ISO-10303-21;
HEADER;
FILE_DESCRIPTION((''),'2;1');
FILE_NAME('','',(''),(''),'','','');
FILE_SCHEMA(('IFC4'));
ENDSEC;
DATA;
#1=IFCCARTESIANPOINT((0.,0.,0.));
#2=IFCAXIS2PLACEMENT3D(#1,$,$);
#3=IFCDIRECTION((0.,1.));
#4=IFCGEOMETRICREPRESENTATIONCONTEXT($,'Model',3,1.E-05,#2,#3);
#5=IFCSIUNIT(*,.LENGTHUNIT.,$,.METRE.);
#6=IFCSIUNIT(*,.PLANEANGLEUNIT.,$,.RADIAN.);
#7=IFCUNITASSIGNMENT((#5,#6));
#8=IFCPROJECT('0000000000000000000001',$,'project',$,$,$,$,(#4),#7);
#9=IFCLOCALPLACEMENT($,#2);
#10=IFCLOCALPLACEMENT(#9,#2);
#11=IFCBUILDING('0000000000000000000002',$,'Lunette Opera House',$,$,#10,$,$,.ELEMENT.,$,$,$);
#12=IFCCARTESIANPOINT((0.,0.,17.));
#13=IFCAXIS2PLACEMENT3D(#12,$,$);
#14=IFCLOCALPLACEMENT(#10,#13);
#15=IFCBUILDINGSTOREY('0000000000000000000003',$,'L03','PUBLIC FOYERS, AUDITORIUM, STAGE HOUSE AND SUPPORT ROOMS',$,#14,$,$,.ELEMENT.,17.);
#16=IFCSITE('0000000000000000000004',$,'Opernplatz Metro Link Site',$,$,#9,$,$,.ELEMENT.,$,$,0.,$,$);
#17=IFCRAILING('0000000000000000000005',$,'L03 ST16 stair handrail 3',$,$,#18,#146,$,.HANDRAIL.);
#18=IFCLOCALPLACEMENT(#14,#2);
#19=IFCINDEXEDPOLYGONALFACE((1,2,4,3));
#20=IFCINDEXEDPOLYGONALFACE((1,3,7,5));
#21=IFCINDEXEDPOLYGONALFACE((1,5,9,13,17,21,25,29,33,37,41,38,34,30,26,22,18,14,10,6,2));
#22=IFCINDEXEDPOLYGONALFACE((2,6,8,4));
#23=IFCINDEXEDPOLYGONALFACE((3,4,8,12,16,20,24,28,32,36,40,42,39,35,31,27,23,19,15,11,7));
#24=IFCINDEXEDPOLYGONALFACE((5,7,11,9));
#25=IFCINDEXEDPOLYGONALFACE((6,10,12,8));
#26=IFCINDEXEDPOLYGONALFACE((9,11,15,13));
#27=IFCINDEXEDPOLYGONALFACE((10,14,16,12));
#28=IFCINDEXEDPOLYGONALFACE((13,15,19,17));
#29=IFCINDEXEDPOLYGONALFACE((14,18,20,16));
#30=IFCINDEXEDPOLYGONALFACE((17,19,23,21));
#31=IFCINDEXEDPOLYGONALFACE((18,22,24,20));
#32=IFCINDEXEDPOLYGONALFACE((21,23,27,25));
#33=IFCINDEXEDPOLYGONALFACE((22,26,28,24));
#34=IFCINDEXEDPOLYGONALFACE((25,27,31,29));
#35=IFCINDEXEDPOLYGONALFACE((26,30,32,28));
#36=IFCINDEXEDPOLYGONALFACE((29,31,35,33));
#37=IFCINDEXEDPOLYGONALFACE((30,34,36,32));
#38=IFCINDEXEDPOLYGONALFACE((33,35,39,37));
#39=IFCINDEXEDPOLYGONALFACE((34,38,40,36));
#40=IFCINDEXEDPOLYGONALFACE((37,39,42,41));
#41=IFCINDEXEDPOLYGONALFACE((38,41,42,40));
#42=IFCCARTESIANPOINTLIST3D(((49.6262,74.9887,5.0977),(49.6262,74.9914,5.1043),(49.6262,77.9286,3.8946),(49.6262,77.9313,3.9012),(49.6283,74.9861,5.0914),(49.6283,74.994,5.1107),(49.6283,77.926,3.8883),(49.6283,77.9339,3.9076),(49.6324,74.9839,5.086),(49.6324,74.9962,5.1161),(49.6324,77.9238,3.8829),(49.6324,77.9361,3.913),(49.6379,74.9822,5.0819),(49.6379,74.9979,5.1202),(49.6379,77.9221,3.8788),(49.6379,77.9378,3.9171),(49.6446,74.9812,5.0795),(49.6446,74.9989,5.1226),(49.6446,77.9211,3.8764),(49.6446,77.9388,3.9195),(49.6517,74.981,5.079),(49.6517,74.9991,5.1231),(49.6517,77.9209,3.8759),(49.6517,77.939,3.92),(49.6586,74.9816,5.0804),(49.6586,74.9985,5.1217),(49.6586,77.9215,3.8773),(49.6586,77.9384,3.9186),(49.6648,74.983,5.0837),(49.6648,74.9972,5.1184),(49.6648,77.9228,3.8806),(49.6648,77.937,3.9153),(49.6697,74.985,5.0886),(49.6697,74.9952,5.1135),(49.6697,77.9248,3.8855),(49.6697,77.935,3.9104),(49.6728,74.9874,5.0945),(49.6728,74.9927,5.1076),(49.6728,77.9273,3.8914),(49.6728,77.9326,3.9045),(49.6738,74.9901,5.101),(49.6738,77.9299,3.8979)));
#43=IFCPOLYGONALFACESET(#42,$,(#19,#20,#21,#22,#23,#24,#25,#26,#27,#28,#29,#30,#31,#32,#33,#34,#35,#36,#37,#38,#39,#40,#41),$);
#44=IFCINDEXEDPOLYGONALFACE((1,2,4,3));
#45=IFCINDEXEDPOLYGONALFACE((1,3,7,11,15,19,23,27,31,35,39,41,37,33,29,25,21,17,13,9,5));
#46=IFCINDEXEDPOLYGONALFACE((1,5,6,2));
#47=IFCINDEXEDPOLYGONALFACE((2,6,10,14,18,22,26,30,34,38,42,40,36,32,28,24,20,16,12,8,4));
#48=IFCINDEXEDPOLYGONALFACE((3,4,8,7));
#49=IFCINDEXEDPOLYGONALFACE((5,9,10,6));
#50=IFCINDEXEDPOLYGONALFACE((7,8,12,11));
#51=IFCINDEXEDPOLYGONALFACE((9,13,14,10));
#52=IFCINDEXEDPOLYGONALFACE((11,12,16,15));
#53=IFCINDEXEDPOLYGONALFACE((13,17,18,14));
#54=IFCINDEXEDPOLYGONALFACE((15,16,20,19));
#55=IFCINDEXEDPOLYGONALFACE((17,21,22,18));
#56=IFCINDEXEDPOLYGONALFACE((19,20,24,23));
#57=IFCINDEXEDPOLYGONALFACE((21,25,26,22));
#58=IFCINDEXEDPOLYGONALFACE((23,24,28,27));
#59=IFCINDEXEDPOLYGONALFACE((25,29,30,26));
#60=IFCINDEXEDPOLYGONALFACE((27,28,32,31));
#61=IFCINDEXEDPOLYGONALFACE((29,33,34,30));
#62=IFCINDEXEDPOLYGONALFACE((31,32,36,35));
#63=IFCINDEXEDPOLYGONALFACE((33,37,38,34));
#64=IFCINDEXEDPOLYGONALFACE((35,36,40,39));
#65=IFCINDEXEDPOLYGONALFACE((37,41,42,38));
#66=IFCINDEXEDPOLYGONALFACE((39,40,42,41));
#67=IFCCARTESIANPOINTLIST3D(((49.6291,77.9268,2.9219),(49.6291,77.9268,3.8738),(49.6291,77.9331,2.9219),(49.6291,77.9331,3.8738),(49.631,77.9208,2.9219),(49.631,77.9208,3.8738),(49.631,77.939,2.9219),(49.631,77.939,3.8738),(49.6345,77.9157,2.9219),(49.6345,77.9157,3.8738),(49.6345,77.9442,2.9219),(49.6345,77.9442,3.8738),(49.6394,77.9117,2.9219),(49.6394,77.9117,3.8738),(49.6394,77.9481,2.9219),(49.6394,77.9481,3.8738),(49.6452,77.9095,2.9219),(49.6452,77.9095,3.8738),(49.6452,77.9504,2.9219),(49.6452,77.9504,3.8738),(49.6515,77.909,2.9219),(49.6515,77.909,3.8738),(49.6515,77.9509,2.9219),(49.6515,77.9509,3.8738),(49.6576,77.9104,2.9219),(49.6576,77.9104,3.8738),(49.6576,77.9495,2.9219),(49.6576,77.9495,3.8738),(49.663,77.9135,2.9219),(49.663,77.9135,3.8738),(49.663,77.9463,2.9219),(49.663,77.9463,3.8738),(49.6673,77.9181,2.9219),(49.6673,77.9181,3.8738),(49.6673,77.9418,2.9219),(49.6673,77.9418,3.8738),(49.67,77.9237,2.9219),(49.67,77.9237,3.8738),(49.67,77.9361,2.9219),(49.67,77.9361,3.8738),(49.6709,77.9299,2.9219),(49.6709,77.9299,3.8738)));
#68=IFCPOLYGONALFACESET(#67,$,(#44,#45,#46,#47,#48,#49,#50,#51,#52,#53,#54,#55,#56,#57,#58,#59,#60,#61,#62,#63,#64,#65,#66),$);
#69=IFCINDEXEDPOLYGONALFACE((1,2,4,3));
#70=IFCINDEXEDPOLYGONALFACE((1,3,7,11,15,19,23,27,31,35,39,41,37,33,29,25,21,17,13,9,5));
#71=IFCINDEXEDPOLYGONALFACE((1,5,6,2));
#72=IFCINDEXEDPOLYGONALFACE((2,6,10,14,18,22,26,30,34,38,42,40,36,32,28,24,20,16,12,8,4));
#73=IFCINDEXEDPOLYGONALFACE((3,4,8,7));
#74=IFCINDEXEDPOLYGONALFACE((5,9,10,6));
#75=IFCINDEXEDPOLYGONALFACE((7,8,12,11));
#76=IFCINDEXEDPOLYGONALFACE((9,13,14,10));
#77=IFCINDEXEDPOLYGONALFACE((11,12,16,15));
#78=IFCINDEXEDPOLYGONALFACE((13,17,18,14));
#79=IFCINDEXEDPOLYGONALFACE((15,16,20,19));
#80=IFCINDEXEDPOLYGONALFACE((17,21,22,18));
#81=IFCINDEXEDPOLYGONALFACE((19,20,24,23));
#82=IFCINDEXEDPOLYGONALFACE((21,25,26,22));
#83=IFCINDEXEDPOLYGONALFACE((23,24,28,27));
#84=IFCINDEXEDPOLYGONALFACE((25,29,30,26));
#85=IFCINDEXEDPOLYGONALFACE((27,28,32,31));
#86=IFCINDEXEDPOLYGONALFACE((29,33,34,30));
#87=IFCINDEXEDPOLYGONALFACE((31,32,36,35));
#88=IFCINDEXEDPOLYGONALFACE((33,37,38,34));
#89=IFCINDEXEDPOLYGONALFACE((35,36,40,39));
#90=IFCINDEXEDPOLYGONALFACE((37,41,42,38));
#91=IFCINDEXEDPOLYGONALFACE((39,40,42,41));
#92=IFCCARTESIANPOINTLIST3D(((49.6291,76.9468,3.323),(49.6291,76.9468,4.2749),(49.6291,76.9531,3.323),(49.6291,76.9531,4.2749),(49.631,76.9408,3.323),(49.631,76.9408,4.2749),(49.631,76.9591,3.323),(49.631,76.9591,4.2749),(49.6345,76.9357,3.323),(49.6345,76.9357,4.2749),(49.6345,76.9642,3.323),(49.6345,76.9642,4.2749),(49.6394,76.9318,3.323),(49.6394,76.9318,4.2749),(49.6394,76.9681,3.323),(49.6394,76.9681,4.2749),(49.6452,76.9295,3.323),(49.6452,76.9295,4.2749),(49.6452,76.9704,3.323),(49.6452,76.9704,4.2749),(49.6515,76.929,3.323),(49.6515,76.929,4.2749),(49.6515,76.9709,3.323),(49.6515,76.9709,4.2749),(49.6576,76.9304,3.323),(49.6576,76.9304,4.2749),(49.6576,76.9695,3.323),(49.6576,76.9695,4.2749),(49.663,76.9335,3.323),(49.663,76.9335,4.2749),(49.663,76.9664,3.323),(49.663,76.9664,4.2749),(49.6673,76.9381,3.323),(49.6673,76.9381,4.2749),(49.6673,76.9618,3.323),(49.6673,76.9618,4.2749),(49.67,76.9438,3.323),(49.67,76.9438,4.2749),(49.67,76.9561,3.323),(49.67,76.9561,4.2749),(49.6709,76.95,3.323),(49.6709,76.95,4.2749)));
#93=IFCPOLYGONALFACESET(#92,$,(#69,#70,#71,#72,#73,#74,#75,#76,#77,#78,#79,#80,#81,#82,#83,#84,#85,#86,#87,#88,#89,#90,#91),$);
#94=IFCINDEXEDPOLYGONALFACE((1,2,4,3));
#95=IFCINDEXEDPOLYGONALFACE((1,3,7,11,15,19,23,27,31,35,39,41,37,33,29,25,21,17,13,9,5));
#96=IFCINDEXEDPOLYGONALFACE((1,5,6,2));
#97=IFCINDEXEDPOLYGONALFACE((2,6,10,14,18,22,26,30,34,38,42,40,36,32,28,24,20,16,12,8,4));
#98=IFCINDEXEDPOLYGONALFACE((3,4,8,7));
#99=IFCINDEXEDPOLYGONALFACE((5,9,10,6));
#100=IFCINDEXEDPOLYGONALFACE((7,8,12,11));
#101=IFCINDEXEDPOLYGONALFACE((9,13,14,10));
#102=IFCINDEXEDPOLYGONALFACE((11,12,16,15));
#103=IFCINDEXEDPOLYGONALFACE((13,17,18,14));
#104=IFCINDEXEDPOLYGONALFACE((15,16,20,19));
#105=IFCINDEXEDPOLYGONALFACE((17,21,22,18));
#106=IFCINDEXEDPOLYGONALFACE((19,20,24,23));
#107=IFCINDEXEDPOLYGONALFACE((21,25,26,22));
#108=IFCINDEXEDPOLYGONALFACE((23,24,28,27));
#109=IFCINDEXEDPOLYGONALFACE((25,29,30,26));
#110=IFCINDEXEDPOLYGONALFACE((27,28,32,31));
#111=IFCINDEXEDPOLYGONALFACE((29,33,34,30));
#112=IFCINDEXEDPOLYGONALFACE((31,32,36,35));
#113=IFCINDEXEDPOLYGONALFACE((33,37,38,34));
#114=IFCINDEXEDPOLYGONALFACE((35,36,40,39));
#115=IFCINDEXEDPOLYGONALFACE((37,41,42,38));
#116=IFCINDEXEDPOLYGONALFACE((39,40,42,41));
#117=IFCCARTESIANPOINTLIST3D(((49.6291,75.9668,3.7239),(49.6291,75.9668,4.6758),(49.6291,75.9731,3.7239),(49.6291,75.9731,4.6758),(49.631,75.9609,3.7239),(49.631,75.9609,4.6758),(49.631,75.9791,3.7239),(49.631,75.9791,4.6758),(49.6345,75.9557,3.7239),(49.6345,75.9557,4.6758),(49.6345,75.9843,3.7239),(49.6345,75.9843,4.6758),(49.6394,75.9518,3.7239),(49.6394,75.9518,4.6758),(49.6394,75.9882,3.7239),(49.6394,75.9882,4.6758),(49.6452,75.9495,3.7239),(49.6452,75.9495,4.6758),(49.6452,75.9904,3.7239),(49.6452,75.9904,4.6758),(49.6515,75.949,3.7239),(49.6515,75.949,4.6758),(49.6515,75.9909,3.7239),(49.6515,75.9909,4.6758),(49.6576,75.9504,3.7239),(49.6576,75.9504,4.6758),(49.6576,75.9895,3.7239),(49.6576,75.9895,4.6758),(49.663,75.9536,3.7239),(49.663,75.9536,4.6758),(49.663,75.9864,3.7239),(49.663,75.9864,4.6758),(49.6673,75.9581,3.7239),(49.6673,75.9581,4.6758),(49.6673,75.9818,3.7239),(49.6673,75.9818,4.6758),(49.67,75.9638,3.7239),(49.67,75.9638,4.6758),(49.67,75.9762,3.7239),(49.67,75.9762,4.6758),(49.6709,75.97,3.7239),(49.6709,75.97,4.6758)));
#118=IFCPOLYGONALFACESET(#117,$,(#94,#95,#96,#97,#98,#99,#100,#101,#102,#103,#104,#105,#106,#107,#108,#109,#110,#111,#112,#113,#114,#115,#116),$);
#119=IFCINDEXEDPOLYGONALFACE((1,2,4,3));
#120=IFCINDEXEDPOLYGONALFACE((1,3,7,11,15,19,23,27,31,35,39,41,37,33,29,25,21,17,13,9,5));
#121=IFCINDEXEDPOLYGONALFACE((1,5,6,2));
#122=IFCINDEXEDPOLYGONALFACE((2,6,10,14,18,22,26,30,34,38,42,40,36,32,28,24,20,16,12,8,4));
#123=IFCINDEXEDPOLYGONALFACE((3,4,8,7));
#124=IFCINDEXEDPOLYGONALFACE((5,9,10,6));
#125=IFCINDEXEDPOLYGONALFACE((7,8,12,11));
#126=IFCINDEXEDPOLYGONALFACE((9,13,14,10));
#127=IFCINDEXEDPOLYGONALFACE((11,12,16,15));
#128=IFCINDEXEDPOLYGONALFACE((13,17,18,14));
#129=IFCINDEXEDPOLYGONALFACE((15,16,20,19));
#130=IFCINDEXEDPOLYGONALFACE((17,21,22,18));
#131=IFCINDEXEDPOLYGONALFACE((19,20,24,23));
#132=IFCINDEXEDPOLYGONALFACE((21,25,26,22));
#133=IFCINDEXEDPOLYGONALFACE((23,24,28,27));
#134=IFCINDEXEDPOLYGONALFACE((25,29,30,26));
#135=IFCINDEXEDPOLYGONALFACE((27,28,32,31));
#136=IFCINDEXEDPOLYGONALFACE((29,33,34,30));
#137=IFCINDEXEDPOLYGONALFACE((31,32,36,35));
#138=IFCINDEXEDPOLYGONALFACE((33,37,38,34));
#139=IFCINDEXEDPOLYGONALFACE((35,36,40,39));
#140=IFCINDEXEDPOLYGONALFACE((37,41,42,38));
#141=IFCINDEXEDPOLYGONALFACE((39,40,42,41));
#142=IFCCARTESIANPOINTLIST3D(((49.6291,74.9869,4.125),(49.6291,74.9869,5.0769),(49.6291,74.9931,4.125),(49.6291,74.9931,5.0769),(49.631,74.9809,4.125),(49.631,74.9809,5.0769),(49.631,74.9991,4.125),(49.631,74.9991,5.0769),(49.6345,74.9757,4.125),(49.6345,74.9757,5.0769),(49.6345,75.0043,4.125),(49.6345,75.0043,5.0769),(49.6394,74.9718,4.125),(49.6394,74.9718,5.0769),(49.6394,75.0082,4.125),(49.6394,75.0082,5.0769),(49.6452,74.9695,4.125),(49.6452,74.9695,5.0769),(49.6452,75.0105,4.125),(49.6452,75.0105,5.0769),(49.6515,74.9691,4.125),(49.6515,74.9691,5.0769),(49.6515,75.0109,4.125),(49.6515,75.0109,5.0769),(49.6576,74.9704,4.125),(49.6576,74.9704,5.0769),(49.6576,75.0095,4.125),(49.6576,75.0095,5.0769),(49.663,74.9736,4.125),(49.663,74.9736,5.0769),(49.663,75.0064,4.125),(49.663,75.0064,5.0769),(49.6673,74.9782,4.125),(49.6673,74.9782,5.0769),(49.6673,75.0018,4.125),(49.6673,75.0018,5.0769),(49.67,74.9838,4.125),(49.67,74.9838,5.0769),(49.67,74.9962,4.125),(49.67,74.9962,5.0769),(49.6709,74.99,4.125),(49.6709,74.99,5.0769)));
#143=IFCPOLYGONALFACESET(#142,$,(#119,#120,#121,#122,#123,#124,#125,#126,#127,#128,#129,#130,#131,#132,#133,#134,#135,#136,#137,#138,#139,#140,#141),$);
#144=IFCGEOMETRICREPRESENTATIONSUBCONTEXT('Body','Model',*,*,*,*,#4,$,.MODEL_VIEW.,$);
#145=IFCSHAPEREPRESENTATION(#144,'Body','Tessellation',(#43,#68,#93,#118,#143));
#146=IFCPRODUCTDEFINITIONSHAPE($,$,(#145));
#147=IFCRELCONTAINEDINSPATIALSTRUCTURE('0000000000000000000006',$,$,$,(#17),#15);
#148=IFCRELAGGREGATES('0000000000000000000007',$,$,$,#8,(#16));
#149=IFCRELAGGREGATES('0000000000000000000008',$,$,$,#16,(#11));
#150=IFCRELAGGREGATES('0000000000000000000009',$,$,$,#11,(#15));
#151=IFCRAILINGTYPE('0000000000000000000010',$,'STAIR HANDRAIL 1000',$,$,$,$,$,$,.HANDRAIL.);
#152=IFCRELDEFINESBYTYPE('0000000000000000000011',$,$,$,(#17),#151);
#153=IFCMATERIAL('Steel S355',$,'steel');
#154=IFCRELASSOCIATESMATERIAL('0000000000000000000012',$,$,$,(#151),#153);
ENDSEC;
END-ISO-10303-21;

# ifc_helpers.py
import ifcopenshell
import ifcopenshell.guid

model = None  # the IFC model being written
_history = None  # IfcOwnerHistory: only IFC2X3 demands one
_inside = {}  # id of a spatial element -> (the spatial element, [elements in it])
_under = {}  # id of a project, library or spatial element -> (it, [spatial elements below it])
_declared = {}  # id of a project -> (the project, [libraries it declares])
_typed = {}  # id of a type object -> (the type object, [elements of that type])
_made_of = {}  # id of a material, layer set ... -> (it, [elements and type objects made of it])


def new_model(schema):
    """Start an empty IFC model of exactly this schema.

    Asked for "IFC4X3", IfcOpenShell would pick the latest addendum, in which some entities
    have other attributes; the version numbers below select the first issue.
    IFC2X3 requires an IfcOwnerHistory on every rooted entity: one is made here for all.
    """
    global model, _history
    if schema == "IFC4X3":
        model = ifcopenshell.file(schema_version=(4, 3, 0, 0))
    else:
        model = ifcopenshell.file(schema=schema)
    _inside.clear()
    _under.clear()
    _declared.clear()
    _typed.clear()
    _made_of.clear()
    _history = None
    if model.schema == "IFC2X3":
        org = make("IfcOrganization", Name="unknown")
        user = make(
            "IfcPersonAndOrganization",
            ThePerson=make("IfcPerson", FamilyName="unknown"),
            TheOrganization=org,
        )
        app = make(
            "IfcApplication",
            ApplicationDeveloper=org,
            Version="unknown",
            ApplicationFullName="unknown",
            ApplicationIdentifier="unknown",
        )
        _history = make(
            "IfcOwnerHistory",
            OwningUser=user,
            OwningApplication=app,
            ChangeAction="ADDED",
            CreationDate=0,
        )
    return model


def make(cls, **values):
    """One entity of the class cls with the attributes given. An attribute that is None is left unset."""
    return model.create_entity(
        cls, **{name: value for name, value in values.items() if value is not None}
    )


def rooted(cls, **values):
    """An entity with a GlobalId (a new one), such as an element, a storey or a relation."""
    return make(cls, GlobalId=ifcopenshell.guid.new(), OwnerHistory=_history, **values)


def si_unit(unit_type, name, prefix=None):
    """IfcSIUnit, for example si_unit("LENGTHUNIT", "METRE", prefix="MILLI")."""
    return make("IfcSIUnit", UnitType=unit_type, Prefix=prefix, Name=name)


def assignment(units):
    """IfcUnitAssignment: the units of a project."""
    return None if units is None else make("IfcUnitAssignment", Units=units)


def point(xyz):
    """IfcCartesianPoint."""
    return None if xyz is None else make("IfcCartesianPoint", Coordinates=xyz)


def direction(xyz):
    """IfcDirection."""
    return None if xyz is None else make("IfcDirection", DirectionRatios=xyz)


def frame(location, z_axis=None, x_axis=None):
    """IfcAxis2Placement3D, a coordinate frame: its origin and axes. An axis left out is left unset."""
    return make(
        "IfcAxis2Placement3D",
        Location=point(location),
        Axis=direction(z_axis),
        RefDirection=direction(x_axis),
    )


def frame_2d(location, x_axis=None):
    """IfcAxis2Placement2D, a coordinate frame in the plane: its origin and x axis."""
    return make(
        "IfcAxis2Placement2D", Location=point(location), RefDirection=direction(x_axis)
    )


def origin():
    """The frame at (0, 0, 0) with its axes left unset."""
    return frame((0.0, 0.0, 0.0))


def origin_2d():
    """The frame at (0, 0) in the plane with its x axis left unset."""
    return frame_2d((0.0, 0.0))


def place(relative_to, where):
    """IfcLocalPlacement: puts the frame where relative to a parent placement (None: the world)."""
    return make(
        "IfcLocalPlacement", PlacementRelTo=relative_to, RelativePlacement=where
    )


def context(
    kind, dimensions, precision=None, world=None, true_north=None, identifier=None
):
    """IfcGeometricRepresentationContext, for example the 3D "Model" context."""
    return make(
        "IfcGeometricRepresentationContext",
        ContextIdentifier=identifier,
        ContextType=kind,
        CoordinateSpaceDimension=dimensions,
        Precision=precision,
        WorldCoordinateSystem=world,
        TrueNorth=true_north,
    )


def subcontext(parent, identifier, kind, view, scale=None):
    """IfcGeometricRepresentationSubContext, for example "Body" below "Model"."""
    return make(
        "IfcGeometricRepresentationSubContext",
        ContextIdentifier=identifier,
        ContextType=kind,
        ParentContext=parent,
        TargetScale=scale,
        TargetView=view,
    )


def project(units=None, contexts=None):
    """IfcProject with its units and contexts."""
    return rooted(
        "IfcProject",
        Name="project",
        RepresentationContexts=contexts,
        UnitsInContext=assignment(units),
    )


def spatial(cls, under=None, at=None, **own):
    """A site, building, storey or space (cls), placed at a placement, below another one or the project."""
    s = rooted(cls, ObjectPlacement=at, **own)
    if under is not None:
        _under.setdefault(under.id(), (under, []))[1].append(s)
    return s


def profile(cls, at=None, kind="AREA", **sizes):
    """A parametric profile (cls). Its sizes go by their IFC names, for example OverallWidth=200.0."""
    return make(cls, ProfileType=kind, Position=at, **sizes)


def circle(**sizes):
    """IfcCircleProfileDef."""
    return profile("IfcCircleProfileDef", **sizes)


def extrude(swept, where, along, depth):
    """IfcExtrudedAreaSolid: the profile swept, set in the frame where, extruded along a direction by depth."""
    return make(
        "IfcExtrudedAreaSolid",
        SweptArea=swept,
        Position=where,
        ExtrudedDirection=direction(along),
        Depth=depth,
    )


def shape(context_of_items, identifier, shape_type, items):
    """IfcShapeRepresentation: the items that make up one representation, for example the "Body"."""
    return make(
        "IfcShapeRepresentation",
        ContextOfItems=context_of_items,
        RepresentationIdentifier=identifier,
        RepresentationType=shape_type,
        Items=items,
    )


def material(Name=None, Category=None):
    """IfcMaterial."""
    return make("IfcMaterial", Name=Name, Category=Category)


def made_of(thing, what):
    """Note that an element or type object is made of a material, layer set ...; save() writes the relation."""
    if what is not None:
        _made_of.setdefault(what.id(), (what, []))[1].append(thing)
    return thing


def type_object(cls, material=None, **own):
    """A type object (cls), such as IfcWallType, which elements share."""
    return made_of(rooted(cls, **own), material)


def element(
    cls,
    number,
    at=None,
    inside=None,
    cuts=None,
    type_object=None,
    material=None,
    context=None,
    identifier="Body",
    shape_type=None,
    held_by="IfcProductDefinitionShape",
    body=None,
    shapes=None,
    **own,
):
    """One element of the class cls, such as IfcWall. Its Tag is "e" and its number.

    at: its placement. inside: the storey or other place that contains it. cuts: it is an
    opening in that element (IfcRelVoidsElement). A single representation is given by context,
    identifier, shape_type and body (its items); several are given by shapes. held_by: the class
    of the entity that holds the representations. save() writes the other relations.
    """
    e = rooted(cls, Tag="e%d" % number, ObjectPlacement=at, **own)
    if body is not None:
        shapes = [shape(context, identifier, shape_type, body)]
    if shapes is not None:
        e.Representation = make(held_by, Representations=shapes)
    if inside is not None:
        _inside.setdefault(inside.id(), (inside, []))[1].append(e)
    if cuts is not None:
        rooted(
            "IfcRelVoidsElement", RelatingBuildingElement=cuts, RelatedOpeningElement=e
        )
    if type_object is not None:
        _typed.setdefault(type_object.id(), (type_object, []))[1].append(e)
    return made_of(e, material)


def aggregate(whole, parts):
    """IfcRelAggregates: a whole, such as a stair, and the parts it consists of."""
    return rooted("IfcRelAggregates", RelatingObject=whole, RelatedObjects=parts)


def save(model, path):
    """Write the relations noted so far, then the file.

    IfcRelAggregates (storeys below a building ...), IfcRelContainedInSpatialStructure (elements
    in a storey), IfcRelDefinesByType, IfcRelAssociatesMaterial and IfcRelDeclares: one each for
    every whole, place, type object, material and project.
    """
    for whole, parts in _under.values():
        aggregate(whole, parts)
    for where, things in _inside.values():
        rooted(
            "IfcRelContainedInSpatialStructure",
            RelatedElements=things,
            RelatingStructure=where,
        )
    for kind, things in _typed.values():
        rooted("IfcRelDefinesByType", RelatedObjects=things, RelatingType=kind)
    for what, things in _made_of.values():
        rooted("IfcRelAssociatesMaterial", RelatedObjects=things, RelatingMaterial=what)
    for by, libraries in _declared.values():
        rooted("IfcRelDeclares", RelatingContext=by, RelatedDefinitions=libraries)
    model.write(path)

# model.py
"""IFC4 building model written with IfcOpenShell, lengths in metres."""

from ifc_helpers import new_model, si_unit, direction, frame, origin, origin_2d, place, context, subcontext, project, spatial, circle, extrude, material, type_object, element, save


model = new_model("IFC4")

# Units and contexts
model_context = context("Model", 3, precision=1e-05, world=origin(), true_north=direction((0.0, 1.0)))
body_context = subcontext(model_context, "Body", "Model", "MODEL_VIEW")
ifc_project = project(units=[si_unit("LENGTHUNIT", "METRE"), si_unit("PLANEANGLEUNIT", "RADIAN")], contexts=[model_context])

# Site, building, storey
site_placement = place(None, origin())
site = spatial("IfcSite", under=ifc_project, at=site_placement, Name="Opernplatz Metro Link Site", CompositionType="ELEMENT", RefElevation=0.0)
building_placement = place(site_placement, origin())
building = spatial("IfcBuilding", under=site, at=building_placement, Name="Lunette Opera House", CompositionType="ELEMENT")
storey_placement = place(building_placement, frame((0.0, 0.0, 17.0)))
storey = spatial("IfcBuildingStorey", under=building, at=storey_placement, Name="L03", Description="PUBLIC FOYERS, AUDITORIUM, STAGE HOUSE AND SUPPORT ROOMS", CompositionType="ELEMENT", Elevation=17.0)

# Railing
ifc_material_1 = material(Name="Steel S355", Category="steel")
railing_type_1 = type_object("IfcRailingType", Name="STAIR HANDRAIL 1000", PredefinedType="HANDRAIL", material=ifc_material_1)
railing_1_placement = place(storey_placement, frame((49.6499, 77.9299, 2.9219)))
element("IfcRailing", 1, at=railing_1_placement, inside=storey, type_object=railing_type_1, Name="L03 ST16 stair handrail 3", PredefinedType="HANDRAIL", context=body_context, shape_type="SweptSolid", body=[
    extrude(circle(Radius=0.0239, at=origin_2d()), frame((0.0, 0.0, 0.9761), z_axis=(0.0, -0.9255, 0.378747), x_axis=(1.0, 0.0, 0.0)), (0.0, 0.0, 1.0), 3.1765),
    extrude(circle(Radius=0.021, at=origin_2d()), origin(), (0.0, 0.0, 1.0), 0.9519),
    extrude(circle(Radius=0.021, at=origin_2d()), frame((0.0, -0.98, 0.4011)), (0.0, 0.0, 1.0), 0.9519),
    extrude(circle(Radius=0.021, at=origin_2d()), frame((0.0, -1.96, 0.802)), (0.0, 0.0, 1.0), 0.9519),
    extrude(circle(Radius=0.021, at=origin_2d()), frame((0.0, -2.9399, 1.2031)), (0.0, 0.0, 1.0), 0.9519),
])

save(model, "model.ifc")
